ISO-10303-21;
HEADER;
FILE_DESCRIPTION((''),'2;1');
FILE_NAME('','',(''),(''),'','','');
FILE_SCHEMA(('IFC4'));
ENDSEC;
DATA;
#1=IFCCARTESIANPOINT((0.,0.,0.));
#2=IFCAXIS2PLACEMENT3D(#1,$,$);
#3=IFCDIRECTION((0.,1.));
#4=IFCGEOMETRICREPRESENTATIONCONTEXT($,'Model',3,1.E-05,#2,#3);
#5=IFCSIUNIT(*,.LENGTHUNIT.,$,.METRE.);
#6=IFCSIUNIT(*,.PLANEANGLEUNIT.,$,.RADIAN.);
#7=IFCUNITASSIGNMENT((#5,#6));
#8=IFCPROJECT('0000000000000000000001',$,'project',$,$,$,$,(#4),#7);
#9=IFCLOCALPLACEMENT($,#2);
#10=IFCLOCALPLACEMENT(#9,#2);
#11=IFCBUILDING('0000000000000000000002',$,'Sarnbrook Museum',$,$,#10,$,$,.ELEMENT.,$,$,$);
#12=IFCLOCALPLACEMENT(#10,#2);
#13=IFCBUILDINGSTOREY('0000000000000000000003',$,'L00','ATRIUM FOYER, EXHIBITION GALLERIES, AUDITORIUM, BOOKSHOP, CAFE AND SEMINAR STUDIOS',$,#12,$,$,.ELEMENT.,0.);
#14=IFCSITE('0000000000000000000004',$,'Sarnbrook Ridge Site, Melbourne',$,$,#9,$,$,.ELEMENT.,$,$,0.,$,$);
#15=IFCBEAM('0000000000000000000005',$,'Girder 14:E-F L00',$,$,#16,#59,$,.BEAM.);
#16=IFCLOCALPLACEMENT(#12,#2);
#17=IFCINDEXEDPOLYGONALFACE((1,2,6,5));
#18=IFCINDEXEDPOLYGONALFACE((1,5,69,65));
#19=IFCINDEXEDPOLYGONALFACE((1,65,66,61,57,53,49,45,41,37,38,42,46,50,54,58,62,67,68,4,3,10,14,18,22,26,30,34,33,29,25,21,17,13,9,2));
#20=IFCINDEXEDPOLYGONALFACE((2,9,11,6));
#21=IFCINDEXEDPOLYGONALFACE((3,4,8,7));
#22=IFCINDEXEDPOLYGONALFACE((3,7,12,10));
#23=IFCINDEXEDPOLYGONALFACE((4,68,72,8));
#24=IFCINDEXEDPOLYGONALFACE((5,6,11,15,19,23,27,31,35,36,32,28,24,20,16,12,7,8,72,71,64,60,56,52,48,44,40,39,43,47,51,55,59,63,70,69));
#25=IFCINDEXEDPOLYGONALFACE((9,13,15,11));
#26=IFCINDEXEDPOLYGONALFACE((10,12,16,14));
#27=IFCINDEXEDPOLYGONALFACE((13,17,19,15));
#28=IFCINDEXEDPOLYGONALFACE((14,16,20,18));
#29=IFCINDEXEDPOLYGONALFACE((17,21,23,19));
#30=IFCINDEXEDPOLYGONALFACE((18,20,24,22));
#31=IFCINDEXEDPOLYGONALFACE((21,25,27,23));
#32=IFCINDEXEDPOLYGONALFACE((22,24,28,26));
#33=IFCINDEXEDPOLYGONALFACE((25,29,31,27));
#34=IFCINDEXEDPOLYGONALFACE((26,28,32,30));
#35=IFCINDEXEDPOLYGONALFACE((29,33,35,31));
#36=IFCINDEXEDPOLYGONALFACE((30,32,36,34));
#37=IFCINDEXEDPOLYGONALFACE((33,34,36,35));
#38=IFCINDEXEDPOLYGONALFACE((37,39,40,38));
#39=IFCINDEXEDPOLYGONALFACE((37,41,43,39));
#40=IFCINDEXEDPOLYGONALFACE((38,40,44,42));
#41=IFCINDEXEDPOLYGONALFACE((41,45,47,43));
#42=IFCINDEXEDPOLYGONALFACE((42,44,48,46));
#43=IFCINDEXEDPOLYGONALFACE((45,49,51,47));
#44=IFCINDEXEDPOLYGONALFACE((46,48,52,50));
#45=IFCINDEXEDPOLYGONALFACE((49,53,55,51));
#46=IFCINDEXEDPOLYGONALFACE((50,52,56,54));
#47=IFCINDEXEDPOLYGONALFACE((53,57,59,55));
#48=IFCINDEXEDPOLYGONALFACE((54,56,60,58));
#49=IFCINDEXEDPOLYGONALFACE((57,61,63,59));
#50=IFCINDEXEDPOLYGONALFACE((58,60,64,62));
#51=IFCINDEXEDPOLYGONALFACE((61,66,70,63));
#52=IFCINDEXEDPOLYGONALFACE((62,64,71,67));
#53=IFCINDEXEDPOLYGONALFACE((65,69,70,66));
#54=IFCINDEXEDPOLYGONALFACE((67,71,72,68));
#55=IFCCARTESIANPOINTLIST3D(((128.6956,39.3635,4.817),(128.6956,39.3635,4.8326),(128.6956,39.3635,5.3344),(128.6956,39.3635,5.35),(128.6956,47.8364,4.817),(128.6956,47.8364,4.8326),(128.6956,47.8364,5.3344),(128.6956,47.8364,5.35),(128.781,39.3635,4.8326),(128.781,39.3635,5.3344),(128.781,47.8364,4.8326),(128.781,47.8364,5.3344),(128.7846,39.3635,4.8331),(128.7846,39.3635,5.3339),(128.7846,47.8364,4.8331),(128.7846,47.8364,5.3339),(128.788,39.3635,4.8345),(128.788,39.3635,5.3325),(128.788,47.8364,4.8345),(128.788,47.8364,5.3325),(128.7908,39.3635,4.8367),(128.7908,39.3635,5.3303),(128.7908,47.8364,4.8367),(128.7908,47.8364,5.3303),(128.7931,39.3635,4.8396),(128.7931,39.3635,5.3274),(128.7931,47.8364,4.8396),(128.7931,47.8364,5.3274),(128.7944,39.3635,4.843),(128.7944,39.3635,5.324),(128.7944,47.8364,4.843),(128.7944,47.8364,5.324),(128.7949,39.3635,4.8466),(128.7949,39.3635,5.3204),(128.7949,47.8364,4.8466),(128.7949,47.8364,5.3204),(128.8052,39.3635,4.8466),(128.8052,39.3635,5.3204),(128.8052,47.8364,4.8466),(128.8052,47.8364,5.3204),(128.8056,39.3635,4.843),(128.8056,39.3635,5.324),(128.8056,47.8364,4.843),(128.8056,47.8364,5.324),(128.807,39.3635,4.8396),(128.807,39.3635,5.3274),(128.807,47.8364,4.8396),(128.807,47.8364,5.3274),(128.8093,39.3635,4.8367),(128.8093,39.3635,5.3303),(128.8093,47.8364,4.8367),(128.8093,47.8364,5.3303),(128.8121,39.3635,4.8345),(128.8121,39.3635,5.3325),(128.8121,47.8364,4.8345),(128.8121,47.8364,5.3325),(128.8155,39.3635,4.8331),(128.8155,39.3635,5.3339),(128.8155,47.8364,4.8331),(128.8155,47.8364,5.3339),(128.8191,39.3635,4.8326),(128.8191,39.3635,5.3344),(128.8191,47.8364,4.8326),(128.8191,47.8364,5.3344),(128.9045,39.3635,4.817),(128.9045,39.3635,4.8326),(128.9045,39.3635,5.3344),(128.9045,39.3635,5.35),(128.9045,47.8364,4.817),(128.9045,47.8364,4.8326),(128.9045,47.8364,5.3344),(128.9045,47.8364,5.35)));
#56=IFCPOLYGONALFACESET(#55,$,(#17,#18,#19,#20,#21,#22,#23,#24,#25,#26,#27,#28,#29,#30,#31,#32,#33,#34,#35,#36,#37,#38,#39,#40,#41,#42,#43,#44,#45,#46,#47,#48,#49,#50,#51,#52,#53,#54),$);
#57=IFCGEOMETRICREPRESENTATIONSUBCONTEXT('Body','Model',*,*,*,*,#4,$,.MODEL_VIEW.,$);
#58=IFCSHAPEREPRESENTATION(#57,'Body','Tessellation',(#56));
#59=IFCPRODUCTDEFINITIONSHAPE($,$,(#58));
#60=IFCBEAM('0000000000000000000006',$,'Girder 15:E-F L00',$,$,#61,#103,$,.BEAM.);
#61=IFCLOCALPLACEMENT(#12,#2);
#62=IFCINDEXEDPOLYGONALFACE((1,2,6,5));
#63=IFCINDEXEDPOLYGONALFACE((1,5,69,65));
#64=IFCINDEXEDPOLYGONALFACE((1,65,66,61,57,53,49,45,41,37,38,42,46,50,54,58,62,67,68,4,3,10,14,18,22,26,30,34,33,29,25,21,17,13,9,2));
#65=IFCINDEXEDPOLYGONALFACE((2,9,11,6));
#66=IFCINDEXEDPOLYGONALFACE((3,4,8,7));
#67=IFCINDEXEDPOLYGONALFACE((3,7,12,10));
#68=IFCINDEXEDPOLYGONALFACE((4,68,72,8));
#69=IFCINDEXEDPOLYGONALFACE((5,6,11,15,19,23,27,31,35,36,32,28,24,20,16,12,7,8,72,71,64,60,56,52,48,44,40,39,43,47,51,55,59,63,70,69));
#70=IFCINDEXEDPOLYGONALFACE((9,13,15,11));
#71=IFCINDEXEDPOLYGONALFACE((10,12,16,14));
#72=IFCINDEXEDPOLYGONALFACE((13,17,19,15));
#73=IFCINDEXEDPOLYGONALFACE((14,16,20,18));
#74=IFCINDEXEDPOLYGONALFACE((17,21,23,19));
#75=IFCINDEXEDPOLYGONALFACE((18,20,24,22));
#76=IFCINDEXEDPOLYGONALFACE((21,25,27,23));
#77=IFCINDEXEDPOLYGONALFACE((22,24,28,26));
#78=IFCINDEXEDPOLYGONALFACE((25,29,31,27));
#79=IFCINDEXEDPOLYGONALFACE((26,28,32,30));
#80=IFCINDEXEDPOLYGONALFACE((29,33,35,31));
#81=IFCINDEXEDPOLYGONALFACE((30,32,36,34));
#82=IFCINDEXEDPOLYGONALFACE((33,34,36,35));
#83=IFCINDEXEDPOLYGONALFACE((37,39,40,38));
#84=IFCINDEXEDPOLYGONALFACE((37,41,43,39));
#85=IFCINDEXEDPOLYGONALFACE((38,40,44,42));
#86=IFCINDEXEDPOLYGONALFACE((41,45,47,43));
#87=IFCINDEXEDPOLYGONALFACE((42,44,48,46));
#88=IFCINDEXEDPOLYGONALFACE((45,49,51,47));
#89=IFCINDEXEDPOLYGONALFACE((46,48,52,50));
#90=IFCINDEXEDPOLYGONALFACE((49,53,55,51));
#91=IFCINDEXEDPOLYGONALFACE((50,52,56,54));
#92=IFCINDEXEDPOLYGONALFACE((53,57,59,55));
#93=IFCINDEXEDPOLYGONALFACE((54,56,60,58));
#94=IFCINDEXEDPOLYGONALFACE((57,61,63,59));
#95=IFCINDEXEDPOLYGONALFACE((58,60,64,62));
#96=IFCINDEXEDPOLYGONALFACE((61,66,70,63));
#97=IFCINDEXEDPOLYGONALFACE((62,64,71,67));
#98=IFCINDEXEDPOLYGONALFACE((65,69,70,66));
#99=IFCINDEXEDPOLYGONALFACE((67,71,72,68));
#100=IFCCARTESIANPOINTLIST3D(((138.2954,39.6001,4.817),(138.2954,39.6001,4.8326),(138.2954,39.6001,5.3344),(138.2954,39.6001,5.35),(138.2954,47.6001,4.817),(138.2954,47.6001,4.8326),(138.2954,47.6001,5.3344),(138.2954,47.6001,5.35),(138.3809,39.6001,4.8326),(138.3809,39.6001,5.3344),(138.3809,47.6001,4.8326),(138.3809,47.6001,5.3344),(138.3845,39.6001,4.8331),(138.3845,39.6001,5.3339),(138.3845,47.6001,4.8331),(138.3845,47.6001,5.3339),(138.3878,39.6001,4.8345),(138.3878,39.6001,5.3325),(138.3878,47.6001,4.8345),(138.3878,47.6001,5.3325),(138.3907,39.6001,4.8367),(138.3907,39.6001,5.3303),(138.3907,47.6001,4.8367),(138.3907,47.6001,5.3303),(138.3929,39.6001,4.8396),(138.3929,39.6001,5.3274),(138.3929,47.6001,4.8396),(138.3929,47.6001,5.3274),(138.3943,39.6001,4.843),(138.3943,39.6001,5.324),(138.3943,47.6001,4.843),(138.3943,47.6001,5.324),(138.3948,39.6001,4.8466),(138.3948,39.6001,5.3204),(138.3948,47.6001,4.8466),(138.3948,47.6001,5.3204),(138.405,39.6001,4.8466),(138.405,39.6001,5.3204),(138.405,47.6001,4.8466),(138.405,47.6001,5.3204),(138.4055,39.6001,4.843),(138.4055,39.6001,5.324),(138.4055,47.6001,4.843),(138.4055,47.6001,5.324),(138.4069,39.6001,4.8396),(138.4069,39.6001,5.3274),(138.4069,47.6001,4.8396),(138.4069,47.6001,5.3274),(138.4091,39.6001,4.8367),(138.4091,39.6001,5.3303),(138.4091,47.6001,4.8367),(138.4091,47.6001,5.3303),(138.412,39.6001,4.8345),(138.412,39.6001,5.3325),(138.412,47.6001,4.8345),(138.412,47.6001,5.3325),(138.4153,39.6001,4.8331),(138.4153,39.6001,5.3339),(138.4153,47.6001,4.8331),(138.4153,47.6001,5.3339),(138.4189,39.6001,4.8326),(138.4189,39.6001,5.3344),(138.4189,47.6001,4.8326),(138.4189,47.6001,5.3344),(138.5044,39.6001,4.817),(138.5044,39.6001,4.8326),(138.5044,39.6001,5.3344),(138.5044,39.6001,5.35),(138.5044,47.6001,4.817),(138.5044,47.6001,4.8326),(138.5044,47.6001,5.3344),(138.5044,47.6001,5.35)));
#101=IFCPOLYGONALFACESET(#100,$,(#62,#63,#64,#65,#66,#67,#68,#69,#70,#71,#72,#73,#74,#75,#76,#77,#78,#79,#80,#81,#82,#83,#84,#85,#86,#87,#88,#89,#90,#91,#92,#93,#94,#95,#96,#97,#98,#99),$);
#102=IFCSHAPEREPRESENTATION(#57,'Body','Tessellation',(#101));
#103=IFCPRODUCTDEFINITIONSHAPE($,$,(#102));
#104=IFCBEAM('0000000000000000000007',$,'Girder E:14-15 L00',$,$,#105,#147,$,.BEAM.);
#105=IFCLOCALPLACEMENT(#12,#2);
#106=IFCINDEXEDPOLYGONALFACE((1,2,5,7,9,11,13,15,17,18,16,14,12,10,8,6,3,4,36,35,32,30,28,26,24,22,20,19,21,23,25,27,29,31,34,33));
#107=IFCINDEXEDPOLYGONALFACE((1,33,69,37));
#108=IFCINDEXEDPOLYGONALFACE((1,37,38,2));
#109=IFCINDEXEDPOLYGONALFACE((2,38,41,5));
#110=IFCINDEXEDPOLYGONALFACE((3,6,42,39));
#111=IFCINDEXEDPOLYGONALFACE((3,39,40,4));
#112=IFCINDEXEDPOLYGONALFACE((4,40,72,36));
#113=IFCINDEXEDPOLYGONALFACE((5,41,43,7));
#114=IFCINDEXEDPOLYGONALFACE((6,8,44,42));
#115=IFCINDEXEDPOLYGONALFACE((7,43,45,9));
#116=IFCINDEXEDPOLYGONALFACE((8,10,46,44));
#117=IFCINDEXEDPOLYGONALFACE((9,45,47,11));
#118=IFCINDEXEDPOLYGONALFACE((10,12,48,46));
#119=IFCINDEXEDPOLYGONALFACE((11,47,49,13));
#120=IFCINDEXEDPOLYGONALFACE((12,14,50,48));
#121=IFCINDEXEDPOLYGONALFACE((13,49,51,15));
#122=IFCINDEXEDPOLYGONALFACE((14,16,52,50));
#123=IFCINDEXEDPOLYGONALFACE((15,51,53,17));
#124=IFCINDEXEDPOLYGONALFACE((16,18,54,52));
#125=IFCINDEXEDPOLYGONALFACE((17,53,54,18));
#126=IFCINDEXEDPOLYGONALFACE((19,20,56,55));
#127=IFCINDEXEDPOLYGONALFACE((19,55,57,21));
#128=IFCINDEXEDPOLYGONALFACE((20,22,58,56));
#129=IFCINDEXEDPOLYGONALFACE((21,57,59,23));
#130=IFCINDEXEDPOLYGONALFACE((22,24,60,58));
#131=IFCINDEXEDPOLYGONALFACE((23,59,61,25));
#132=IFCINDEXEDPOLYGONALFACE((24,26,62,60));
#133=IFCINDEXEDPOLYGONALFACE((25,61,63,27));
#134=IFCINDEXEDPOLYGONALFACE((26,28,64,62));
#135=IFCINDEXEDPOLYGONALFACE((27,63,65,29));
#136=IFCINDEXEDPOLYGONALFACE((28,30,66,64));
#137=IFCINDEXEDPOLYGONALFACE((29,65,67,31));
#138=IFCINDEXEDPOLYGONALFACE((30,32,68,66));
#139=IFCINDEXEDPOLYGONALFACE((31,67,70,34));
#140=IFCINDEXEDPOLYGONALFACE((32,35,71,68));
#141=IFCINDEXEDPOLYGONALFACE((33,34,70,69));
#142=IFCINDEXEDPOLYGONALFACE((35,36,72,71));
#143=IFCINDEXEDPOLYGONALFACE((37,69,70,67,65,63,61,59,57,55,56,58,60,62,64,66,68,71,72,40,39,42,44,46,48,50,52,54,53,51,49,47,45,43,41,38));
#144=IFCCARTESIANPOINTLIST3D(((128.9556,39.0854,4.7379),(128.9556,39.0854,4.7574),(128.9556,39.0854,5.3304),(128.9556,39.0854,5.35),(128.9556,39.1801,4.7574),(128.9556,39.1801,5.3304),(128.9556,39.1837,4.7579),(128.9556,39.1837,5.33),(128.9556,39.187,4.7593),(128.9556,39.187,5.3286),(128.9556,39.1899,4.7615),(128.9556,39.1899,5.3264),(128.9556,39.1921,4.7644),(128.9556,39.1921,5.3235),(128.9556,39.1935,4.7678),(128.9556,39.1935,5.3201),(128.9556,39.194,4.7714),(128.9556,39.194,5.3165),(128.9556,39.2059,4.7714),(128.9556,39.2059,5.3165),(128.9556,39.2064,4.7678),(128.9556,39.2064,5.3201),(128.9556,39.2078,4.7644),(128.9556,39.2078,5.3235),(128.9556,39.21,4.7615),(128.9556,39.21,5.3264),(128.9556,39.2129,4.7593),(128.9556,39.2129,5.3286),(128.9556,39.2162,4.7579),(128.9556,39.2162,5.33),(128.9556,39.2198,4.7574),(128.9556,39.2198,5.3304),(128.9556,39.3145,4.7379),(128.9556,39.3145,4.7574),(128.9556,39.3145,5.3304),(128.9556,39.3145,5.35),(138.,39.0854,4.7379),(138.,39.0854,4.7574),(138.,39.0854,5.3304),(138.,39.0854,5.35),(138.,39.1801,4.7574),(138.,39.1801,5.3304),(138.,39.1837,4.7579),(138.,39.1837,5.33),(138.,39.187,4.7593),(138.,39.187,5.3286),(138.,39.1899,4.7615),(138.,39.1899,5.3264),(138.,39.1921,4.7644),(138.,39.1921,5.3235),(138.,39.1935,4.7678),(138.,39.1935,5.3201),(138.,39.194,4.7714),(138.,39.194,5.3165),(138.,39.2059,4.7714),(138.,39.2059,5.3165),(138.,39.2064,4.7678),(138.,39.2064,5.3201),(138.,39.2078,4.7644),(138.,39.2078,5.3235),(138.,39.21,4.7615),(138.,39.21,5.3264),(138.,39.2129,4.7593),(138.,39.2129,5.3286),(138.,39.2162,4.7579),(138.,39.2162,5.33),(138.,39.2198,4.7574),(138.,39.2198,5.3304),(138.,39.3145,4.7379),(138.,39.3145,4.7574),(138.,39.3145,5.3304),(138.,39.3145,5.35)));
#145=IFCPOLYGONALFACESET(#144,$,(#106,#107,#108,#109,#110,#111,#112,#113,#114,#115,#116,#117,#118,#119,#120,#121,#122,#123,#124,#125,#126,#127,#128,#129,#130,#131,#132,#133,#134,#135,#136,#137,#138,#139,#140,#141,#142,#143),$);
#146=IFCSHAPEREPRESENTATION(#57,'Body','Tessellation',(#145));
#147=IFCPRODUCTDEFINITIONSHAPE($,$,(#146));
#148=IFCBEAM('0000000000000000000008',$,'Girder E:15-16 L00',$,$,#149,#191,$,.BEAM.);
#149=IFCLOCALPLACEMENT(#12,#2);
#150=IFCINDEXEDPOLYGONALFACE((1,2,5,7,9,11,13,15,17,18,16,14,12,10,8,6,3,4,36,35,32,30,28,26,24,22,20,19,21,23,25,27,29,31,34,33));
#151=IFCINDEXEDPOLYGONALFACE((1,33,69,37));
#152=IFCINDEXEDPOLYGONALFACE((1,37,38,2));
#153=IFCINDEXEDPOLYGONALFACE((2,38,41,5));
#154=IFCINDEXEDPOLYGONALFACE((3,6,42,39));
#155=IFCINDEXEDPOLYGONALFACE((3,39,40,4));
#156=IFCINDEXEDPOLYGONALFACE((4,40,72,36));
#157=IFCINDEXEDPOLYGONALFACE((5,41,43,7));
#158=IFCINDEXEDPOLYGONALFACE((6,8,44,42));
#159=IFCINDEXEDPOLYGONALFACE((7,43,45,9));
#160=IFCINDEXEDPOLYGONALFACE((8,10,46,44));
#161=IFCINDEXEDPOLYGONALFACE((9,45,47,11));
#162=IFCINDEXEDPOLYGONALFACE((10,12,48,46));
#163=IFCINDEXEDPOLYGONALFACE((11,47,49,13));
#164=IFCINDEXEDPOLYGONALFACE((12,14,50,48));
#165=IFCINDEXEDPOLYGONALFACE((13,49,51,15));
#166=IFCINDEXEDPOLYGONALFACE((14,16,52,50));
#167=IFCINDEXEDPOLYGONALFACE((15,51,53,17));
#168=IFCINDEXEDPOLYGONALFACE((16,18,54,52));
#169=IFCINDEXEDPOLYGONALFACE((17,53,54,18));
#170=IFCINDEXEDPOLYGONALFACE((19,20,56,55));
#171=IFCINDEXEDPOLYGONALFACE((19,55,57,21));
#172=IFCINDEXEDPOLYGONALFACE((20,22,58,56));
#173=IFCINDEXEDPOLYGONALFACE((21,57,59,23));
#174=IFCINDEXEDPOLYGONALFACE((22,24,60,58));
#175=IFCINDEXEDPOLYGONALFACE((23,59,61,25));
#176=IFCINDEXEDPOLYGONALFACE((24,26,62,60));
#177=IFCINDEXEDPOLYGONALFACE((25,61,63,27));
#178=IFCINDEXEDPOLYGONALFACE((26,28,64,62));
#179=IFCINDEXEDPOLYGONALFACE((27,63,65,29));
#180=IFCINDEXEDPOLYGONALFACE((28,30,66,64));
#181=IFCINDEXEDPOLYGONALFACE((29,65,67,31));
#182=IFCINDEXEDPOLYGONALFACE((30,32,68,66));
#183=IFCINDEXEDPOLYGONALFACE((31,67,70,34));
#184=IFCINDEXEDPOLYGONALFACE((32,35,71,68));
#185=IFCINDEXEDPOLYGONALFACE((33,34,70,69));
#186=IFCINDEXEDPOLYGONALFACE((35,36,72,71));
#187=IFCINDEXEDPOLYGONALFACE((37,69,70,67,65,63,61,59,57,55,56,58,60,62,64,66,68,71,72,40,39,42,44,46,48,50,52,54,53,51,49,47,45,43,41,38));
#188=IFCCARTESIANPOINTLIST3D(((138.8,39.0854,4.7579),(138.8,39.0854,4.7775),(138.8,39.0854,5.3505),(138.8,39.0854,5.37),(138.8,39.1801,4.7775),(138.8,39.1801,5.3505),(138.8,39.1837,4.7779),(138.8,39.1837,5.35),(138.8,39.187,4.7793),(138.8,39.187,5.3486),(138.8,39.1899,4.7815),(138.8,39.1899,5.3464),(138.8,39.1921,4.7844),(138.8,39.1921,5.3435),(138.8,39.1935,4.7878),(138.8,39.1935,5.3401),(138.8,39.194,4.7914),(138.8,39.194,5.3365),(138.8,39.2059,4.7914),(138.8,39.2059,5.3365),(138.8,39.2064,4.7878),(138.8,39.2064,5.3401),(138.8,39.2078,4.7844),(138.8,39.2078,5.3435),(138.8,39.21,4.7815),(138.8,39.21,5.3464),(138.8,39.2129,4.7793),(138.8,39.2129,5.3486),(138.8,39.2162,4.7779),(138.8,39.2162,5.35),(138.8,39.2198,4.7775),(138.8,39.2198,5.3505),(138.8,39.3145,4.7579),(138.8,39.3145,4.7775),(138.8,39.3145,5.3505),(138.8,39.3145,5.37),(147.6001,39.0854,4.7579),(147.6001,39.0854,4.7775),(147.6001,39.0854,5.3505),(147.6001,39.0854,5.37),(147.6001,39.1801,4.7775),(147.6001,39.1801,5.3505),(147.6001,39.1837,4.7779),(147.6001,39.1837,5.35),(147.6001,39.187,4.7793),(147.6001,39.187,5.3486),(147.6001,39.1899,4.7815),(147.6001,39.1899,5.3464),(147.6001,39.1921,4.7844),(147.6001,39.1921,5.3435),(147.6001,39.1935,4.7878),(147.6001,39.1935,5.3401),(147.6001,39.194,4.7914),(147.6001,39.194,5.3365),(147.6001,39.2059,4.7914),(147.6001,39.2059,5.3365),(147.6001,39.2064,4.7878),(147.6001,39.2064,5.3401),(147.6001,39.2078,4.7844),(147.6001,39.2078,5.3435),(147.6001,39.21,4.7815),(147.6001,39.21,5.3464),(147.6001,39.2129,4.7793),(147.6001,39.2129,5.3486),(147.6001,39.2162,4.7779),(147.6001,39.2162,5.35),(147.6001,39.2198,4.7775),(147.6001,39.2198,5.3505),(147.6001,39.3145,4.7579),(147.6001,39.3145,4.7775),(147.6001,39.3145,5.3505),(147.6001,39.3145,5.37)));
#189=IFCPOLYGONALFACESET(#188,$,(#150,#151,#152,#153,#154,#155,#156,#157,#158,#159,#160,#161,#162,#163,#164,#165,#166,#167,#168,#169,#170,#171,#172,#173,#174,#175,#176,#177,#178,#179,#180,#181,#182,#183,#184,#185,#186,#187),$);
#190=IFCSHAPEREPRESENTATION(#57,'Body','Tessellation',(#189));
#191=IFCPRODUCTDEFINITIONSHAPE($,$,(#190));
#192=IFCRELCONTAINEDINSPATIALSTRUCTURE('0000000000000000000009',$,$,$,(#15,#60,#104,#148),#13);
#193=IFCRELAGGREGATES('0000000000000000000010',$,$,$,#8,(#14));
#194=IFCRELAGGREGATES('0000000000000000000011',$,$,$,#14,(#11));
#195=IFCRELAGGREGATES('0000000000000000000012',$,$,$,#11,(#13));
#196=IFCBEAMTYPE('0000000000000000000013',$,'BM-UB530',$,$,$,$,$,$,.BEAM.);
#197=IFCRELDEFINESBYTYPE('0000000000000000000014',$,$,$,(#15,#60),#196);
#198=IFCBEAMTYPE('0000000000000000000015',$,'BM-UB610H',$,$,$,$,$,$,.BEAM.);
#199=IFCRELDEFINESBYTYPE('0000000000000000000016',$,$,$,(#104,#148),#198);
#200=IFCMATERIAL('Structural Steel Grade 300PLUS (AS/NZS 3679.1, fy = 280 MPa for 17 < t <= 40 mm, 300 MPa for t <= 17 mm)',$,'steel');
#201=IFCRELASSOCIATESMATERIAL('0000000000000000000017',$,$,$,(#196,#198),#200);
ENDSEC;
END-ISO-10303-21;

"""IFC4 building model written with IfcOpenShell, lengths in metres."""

from ifc_helpers import new_model, si_unit, direction, frame, origin, origin_2d, place, context, subcontext, project, spatial, i_section, extrude, material, material_profile, profile_set, type_object, element, save


model = new_model("IFC4")

# Units and contexts
model_context = context("Model", 3, precision=1e-05, world=origin(), true_north=direction((0.0, 1.0)))
body_context = subcontext(model_context, "Body", "Model", "MODEL_VIEW")
ifc_project = project(units=[si_unit("LENGTHUNIT", "METRE"), si_unit("PLANEANGLEUNIT", "RADIAN")], contexts=[model_context])

# Site, building, storey
site_placement = place(None, origin())
site = spatial("IfcSite", under=ifc_project, at=site_placement, Name="Sarnbrook Ridge Site, Melbourne", CompositionType="ELEMENT", RefElevation=0.0)
building_placement = place(site_placement, origin())
building = spatial("IfcBuilding", under=site, at=building_placement, Name="Sarnbrook Museum", CompositionType="ELEMENT")
storey_placement = place(building_placement, origin())
storey = spatial("IfcBuildingStorey", under=building, at=storey_placement, Name="L00", Description="ATRIUM FOYER, EXHIBITION GALLERIES, AUDITORIUM, BOOKSHOP, CAFE AND SEMINAR STUDIOS", CompositionType="ELEMENT", Elevation=0.0)

# Shared definitions
ifc_material_1 = material(Name="Structural Steel Grade 300PLUS (AS/NZS 3679.1, fy = 280 MPa for 17 < t <= 40 mm, 300 MPa for t <= 17 mm)", Category="steel")

# Beams
ifc_material_profile_1 = material_profile(ifc_material_1, i_section(OverallWidth=0.209, OverallDepth=0.533, WebThickness=0.0103, FlangeThickness=0.0156, FilletRadius=0.0139, at=origin_2d()), Name="530UB92.4")
ifc_profile_set_1 = profile_set([ifc_material_profile_1], Name="Structural Steel Grade 300PLUS (AS/NZS 3679.1, fy = 280 MPa for 17 < t <= 40 mm, 300 MPa for t <= 17 mm)")
beam_type_1 = type_object("IfcBeamType", Name="BM-UB530", PredefinedType="BEAM", material=ifc_profile_set_1)
beam_1_placement = place(storey_placement, frame((128.8, 39.3635, 5.0835), z_axis=(0.0, 1.0, 0.0), x_axis=(-1.0, 0.0, 0.0)))
element("IfcBeam", 1, at=beam_1_placement, inside=storey, type_object=beam_type_1, Name="Girder 14:E-F L00", PredefinedType="BEAM", context=body_context, shape_type="SweptSolid", body=[
    extrude(i_section(OverallWidth=0.209, OverallDepth=0.533, WebThickness=0.0103, FlangeThickness=0.0156, FilletRadius=0.0139, at=origin_2d()), origin(), (0.0, 0.0, 1.0), 8.4729),
])
beam_2_placement = place(storey_placement, frame((138.3999, 39.6001, 5.0835), z_axis=(0.0, 1.0, 0.0), x_axis=(-1.0, 0.0, 0.0)))
element("IfcBeam", 2, at=beam_2_placement, inside=storey, type_object=beam_type_1, Name="Girder 15:E-F L00", PredefinedType="BEAM", context=body_context, shape_type="SweptSolid", body=[
    extrude(i_section(OverallWidth=0.209, OverallDepth=0.533, WebThickness=0.0103, FlangeThickness=0.0156, FilletRadius=0.0139, at=origin_2d()), origin(), (0.0, 0.0, 1.0), 8.0),
])
ifc_material_profile_2 = material_profile(ifc_material_1, i_section(OverallWidth=0.229, OverallDepth=0.6121, WebThickness=0.012, FlangeThickness=0.0195, FilletRadius=0.0139, at=origin_2d()), Name="610UB125")
ifc_profile_set_2 = profile_set([ifc_material_profile_2], Name="Structural Steel Grade 300PLUS (AS/NZS 3679.1, fy = 280 MPa for 17 < t <= 40 mm, 300 MPa for t <= 17 mm)")
beam_type_2 = type_object("IfcBeamType", Name="BM-UB610H", PredefinedType="BEAM", material=ifc_profile_set_2)
beam_3_placement = place(storey_placement, frame((128.9556, 39.2, 5.0439), z_axis=(1.0, 0.0, 0.0), x_axis=(0.0, 1.0, 0.0)))
element("IfcBeam", 3, at=beam_3_placement, inside=storey, type_object=beam_type_2, Name="Girder E:14-15 L00", PredefinedType="BEAM", context=body_context, shape_type="SweptSolid", body=[
    extrude(i_section(OverallWidth=0.229, OverallDepth=0.6121, WebThickness=0.012, FlangeThickness=0.0195, FilletRadius=0.0139, at=origin_2d()), origin(), (0.0, 0.0, 1.0), 9.0444),
])
beam_4_placement = place(storey_placement, frame((138.8, 39.2, 5.064), z_axis=(1.0, 0.0, 0.0), x_axis=(0.0, 1.0, 0.0)))
element("IfcBeam", 4, at=beam_4_placement, inside=storey, type_object=beam_type_2, Name="Girder E:15-16 L00", PredefinedType="BEAM", context=body_context, shape_type="SweptSolid", body=[
    extrude(i_section(OverallWidth=0.229, OverallDepth=0.6121, WebThickness=0.012, FlangeThickness=0.0195, FilletRadius=0.0139, at=origin_2d()), origin(), (0.0, 0.0, 1.0), 8.8),
])

save(model, "model.ifc")
